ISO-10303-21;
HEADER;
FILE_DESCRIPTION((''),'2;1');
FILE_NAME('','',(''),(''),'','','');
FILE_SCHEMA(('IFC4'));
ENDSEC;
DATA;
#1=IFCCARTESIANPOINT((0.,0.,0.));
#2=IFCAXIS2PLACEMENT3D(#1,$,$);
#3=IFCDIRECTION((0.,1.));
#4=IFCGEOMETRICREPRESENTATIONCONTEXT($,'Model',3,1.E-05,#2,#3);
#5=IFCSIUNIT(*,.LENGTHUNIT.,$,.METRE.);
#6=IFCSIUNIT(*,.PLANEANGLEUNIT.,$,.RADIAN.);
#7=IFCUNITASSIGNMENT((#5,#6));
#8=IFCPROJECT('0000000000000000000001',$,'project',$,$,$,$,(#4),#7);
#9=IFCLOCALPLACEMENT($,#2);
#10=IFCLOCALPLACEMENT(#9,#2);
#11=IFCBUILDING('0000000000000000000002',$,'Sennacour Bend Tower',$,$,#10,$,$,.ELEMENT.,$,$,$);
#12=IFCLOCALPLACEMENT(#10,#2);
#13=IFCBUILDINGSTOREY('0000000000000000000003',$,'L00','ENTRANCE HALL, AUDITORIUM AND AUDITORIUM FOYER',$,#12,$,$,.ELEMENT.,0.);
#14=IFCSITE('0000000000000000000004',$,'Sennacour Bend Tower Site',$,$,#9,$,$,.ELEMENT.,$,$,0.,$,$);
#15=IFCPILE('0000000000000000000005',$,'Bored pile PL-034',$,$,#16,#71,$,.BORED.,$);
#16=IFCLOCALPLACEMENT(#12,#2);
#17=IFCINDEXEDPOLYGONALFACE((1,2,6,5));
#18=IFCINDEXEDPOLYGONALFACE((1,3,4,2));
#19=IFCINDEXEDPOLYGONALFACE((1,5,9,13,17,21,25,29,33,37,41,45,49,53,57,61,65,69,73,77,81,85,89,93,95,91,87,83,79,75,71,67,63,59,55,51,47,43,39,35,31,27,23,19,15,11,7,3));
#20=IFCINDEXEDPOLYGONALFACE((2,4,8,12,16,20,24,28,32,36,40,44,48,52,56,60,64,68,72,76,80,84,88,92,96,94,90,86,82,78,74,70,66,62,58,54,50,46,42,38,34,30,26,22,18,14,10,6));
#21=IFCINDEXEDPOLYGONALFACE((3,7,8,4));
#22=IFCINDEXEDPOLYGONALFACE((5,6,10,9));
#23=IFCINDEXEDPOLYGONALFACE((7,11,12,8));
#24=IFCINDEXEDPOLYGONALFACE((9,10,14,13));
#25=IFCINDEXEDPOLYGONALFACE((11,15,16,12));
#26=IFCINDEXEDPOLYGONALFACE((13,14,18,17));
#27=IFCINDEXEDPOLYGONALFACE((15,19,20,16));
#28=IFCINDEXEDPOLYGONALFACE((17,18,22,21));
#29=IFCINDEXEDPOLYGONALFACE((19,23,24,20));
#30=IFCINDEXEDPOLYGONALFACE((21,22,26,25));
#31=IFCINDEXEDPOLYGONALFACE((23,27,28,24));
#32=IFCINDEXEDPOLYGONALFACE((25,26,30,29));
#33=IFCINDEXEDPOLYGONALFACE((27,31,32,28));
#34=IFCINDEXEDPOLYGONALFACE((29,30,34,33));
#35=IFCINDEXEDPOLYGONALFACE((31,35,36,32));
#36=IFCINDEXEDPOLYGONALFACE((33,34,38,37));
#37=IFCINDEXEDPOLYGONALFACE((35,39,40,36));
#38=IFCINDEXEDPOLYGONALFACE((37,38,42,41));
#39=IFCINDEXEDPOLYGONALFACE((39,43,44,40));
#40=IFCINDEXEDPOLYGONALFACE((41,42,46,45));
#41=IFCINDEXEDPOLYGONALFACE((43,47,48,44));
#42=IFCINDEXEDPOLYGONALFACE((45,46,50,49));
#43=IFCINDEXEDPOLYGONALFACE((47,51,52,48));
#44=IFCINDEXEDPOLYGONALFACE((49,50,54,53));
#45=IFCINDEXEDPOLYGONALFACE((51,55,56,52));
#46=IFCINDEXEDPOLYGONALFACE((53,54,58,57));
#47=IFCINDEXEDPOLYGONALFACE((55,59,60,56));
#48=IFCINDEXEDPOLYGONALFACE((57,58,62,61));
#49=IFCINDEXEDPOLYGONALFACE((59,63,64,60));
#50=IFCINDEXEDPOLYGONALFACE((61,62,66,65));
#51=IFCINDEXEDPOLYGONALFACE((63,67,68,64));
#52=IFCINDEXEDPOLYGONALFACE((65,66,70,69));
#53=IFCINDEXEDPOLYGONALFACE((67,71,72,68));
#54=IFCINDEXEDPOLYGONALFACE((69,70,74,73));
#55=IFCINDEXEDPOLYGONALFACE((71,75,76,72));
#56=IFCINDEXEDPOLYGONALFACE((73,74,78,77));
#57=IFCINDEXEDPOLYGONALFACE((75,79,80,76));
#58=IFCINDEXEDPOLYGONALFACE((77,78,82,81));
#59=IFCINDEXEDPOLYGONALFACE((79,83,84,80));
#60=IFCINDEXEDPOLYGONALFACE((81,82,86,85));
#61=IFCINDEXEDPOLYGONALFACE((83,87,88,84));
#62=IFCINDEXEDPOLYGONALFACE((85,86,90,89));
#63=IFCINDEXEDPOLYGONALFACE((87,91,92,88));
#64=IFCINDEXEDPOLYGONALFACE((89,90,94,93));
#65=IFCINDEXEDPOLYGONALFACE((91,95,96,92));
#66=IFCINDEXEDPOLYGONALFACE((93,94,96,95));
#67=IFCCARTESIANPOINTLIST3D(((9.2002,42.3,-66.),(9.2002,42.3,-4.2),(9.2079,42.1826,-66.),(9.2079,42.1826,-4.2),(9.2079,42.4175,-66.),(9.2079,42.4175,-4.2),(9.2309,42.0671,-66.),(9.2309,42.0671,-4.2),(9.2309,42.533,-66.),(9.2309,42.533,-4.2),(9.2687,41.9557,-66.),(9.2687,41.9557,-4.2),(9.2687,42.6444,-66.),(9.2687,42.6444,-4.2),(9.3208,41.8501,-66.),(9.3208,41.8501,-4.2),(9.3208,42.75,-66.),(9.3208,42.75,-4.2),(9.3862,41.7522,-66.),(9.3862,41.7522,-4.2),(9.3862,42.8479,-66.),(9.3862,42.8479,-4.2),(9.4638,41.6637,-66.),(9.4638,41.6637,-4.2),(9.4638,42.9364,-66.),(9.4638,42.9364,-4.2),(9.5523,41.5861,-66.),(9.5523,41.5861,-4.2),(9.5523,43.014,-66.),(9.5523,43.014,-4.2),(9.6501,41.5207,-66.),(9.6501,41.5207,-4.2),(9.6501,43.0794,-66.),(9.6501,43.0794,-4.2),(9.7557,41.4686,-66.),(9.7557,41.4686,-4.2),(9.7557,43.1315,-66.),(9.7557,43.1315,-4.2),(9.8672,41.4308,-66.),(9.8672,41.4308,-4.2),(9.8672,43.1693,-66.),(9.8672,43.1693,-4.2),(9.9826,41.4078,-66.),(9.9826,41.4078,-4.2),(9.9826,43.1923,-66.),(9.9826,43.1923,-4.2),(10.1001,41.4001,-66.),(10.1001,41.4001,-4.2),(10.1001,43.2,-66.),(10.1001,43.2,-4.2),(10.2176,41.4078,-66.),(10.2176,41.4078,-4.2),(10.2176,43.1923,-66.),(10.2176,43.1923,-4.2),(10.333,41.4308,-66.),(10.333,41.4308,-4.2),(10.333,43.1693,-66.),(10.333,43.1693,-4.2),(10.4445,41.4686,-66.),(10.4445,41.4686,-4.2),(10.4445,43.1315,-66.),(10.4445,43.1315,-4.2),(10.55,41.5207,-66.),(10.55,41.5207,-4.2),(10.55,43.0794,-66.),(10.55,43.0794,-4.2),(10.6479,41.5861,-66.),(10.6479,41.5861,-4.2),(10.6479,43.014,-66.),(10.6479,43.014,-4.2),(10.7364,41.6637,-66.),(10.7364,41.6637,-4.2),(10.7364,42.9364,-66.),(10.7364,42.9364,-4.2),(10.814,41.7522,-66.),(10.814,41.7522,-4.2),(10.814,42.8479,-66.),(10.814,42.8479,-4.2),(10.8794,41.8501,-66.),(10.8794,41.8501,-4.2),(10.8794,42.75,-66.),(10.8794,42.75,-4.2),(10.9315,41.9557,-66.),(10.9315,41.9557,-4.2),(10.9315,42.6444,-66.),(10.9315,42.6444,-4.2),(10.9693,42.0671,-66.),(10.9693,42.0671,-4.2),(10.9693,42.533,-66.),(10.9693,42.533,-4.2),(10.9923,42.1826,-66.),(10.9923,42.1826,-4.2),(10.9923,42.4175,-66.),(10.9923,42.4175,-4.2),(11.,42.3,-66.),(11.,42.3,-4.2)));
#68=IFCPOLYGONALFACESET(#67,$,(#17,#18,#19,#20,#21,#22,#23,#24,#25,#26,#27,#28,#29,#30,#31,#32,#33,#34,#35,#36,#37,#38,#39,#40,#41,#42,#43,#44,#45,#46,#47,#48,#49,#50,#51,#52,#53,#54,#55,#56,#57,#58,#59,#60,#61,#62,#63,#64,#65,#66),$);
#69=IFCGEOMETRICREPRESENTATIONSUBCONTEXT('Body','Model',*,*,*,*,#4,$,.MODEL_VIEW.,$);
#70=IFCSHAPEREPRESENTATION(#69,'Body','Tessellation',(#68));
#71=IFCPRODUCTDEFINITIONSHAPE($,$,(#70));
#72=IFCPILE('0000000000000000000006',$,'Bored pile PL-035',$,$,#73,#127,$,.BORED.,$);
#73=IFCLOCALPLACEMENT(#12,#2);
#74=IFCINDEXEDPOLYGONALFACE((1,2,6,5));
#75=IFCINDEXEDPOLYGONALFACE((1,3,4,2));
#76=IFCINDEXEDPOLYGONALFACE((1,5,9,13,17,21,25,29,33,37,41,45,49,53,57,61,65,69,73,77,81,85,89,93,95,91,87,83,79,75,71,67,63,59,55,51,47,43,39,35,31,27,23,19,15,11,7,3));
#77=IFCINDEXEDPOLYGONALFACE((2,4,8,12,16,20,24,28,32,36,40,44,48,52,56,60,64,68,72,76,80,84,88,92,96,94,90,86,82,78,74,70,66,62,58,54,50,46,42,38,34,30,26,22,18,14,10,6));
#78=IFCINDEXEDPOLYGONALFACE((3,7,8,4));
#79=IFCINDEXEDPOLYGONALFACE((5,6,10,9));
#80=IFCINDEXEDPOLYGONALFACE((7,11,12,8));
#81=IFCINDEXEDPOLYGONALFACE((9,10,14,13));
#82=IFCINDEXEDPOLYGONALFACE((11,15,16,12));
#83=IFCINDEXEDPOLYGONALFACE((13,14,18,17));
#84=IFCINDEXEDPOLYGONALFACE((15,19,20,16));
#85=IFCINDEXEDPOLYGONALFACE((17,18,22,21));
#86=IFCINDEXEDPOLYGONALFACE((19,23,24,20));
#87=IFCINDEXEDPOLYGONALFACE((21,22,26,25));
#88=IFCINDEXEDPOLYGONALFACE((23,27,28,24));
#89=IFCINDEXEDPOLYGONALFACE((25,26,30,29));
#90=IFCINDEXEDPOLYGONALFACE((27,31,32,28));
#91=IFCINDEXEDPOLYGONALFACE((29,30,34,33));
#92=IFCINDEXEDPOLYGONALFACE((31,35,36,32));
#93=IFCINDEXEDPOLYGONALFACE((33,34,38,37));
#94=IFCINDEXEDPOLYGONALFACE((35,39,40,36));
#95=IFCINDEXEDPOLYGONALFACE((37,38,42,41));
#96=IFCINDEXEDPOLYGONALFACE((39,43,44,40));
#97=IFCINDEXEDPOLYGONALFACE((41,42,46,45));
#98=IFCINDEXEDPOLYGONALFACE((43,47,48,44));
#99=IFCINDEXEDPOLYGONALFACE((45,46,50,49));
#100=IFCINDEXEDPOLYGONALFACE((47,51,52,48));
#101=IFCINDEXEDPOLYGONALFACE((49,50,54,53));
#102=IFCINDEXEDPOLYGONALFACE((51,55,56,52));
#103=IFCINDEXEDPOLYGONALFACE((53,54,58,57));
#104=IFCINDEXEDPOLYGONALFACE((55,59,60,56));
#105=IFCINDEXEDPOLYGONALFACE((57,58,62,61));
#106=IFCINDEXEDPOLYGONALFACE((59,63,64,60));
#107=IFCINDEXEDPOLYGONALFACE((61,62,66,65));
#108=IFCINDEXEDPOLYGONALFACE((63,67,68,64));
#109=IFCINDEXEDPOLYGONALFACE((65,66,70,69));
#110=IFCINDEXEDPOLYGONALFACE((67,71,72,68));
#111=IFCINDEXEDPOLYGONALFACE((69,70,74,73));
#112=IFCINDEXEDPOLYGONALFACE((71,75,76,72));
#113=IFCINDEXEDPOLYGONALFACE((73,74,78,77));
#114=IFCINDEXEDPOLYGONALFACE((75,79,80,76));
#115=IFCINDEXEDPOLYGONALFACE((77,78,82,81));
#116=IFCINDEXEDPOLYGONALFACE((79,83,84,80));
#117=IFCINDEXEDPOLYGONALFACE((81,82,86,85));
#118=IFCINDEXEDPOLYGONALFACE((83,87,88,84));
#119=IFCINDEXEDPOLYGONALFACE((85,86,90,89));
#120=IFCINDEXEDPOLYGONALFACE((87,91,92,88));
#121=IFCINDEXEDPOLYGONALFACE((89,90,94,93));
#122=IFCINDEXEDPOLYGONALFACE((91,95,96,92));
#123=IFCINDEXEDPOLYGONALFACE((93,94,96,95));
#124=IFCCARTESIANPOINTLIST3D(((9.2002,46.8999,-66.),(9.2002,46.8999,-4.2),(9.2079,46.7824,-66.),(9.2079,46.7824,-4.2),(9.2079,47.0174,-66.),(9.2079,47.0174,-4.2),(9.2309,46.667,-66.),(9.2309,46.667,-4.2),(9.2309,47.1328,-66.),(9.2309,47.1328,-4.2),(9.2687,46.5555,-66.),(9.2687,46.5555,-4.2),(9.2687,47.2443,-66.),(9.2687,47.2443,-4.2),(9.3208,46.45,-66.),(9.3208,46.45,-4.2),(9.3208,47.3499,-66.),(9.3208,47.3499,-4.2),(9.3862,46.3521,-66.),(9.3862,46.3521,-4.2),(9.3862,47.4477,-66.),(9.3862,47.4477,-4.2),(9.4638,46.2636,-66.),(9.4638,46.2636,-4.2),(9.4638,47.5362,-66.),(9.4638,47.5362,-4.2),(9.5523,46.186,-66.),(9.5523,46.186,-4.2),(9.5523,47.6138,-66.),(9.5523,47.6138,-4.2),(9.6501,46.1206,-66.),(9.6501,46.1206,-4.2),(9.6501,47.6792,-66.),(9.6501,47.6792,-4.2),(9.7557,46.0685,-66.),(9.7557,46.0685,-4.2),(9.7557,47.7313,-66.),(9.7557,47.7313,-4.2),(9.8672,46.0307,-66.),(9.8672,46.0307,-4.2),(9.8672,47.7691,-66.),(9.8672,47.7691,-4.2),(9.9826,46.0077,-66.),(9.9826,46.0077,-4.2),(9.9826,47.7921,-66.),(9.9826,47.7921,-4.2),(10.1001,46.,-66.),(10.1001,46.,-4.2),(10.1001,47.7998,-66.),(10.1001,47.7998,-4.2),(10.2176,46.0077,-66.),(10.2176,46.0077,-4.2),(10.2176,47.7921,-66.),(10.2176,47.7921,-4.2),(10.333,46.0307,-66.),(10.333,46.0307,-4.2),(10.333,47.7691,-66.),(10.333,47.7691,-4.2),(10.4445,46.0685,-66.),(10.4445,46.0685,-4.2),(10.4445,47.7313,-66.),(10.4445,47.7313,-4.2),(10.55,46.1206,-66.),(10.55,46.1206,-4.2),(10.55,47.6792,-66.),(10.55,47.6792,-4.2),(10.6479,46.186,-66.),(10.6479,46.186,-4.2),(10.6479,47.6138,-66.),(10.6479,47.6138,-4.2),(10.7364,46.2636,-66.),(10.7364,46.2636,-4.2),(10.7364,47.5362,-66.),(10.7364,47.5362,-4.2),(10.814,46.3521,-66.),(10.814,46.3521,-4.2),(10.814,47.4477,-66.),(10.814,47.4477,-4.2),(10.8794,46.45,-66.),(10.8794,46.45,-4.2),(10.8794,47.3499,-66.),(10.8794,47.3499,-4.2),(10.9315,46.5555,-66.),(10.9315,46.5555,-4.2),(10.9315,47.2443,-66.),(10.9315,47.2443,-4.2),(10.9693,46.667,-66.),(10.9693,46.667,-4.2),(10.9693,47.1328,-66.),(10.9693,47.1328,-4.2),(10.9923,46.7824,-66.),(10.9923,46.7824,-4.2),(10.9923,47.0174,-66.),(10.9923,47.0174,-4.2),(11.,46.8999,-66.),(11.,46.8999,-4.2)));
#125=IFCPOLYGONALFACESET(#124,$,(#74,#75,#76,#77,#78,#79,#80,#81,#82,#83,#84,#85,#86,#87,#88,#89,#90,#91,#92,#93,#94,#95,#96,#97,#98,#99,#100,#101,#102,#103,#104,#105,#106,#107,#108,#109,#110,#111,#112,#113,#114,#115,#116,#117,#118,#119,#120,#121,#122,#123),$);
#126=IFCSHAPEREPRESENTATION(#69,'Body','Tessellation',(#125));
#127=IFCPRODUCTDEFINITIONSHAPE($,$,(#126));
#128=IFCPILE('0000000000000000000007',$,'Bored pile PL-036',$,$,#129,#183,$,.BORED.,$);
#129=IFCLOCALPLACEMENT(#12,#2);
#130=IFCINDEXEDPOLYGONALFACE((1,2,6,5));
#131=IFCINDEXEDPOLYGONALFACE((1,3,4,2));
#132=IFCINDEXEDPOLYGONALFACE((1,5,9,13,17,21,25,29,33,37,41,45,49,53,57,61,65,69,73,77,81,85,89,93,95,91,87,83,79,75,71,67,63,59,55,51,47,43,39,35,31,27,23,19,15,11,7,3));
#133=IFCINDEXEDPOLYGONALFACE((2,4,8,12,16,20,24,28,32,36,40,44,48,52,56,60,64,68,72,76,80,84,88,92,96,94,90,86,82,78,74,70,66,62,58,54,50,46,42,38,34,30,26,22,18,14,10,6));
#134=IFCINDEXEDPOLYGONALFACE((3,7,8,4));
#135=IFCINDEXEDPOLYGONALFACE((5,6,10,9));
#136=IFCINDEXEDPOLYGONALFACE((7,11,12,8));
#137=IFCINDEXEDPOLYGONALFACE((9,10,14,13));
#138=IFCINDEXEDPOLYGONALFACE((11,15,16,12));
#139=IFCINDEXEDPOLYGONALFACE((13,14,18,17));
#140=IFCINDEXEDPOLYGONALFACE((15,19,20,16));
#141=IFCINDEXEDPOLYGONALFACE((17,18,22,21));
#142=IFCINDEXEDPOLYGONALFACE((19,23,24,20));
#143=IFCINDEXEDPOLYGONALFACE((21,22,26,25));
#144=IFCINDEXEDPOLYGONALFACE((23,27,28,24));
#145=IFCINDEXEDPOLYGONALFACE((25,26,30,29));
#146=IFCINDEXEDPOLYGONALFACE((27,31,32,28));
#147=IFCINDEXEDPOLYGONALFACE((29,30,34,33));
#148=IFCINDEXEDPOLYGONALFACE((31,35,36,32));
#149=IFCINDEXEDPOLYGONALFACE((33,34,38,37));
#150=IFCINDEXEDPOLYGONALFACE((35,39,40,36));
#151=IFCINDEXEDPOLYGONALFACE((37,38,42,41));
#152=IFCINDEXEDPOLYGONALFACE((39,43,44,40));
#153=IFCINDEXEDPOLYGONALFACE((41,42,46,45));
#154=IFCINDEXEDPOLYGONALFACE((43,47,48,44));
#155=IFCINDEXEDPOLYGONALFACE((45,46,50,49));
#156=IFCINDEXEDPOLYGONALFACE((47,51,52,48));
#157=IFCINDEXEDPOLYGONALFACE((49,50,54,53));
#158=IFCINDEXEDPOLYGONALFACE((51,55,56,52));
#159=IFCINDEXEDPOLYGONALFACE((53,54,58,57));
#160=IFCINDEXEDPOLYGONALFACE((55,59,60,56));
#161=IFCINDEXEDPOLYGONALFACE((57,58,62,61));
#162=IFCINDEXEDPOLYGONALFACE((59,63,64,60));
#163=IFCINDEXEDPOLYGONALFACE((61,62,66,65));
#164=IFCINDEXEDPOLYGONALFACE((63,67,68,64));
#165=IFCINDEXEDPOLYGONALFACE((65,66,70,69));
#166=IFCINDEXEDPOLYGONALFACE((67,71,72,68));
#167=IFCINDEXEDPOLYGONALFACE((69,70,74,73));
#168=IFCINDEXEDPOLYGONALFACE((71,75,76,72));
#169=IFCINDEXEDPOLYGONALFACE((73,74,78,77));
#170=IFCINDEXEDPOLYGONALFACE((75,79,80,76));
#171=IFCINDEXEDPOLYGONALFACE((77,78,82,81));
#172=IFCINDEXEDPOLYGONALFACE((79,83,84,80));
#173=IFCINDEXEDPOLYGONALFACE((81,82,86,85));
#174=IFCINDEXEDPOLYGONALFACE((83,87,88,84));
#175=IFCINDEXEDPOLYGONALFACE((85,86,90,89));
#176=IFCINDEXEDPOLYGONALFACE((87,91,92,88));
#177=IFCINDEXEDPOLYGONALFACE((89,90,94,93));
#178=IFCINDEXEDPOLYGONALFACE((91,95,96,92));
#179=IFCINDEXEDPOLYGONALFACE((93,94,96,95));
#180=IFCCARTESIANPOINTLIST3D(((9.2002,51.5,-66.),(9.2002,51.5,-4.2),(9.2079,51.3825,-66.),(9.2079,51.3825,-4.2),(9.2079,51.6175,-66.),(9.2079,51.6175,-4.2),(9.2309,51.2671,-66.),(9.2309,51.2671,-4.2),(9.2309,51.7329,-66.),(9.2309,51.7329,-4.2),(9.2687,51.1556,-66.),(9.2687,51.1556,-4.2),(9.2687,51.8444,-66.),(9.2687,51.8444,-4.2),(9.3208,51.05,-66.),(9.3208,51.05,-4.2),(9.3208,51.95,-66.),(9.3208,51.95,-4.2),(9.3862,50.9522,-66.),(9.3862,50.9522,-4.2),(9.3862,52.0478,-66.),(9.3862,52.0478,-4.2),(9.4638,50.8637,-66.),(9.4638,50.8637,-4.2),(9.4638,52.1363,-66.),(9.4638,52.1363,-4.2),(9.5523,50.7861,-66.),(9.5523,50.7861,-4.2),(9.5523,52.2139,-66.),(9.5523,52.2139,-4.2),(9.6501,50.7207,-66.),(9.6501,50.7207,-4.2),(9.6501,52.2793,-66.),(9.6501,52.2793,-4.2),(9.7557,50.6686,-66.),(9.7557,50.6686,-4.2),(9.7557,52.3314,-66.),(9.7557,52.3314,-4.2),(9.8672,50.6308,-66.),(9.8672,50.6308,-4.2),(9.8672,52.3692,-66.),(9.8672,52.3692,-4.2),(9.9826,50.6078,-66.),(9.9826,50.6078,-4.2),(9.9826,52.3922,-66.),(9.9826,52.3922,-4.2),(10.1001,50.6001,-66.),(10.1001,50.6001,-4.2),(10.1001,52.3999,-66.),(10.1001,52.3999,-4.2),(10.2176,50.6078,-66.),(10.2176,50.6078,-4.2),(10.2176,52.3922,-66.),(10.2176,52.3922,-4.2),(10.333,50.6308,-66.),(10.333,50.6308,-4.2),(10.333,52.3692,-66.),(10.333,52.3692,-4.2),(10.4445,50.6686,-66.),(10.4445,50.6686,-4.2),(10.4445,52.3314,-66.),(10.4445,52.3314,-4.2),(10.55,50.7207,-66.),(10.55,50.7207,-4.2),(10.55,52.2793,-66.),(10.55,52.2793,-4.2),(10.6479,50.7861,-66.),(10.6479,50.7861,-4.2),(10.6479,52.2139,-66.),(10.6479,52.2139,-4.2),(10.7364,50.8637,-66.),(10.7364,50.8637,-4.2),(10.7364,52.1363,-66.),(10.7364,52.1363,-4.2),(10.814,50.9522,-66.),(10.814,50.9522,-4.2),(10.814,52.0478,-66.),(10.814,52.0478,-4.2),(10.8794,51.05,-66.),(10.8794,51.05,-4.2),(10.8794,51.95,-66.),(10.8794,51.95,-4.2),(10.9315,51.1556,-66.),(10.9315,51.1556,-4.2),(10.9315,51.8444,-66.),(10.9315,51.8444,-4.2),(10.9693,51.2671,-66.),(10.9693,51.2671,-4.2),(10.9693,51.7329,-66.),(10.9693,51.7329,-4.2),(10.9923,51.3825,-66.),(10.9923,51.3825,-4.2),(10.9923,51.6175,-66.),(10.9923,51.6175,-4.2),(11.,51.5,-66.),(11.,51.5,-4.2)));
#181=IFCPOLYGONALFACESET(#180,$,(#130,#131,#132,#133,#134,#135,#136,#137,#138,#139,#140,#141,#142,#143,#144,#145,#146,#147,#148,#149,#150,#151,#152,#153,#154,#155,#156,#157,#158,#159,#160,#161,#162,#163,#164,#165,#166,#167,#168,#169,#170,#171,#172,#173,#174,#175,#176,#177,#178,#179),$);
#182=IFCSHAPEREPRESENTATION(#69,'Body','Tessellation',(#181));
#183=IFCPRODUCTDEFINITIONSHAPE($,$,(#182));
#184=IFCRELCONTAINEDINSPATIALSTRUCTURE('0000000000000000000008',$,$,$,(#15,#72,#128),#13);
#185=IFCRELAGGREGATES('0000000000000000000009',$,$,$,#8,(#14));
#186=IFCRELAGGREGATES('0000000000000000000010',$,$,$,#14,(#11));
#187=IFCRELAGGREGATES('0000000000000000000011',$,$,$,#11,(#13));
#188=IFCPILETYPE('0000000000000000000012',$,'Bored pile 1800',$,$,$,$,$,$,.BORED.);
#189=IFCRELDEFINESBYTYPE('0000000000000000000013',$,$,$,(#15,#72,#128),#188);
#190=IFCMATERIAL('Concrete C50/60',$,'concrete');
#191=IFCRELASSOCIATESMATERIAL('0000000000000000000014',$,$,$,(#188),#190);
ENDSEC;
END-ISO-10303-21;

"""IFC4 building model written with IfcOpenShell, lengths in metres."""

from ifc_helpers import new_model, si_unit, direction, frame, origin, origin_2d, place, context, subcontext, project, spatial, circle, extrude, material, material_profile, profile_set, type_object, element, save


model = new_model("IFC4")

# Units and contexts
model_context = context("Model", 3, precision=1e-05, world=origin(), true_north=direction((0.0, 1.0)))
body_context = subcontext(model_context, "Body", "Model", "MODEL_VIEW")
ifc_project = project(units=[si_unit("LENGTHUNIT", "METRE"), si_unit("PLANEANGLEUNIT", "RADIAN")], contexts=[model_context])

# Site, building, storey
site_placement = place(None, origin())
site = spatial("IfcSite", under=ifc_project, at=site_placement, Name="Sennacour Bend Tower Site", CompositionType="ELEMENT", RefElevation=0.0)
building_placement = place(site_placement, origin())
building = spatial("IfcBuilding", under=site, at=building_placement, Name="Sennacour Bend Tower", CompositionType="ELEMENT")
storey_placement = place(building_placement, origin())
storey = spatial("IfcBuildingStorey", under=building, at=storey_placement, Name="L00", Description="ENTRANCE HALL, AUDITORIUM AND AUDITORIUM FOYER", CompositionType="ELEMENT", Elevation=0.0)

# Piles
ifc_material_1 = material(Name="Concrete C50/60", Category="concrete")
ifc_material_profile = material_profile(ifc_material_1, circle(Radius=0.8999, at=origin_2d()), Name="Concrete C50/60", Category="concrete")
ifc_profile_set = profile_set([ifc_material_profile], Name="Concrete C50/60")
pile_type = type_object("IfcPileType", Name="Bored pile 1800", PredefinedType="BORED", material=ifc_profile_set)
for number, where, z_axis, x_axis, name in (
    (1, (10.1001, 42.3, -4.2), (0.0, 0.0, -1.0), (1.0, 0.0, 0.0), "Bored pile PL-034"),
    (2, (10.1001, 46.8999, -4.2), (0.0, 0.0, -1.0), (1.0, 0.0, 0.0), "Bored pile PL-035"),
    (3, (10.1001, 51.5, -4.2), (0.0, 0.0, -1.0), (1.0, 0.0, 0.0), "Bored pile PL-036"),
):
    element("IfcPile", number, at=place(storey_placement, frame(where, z_axis=z_axis, x_axis=x_axis)), inside=storey, type_object=pile_type, Name=name, PredefinedType="BORED", context=body_context, shape_type="SweptSolid", body=[
        extrude(circle(Radius=0.8999, at=origin_2d()), origin(), (0.0, 0.0, 1.0), 61.8),
    ])

save(model, "model.ifc")
